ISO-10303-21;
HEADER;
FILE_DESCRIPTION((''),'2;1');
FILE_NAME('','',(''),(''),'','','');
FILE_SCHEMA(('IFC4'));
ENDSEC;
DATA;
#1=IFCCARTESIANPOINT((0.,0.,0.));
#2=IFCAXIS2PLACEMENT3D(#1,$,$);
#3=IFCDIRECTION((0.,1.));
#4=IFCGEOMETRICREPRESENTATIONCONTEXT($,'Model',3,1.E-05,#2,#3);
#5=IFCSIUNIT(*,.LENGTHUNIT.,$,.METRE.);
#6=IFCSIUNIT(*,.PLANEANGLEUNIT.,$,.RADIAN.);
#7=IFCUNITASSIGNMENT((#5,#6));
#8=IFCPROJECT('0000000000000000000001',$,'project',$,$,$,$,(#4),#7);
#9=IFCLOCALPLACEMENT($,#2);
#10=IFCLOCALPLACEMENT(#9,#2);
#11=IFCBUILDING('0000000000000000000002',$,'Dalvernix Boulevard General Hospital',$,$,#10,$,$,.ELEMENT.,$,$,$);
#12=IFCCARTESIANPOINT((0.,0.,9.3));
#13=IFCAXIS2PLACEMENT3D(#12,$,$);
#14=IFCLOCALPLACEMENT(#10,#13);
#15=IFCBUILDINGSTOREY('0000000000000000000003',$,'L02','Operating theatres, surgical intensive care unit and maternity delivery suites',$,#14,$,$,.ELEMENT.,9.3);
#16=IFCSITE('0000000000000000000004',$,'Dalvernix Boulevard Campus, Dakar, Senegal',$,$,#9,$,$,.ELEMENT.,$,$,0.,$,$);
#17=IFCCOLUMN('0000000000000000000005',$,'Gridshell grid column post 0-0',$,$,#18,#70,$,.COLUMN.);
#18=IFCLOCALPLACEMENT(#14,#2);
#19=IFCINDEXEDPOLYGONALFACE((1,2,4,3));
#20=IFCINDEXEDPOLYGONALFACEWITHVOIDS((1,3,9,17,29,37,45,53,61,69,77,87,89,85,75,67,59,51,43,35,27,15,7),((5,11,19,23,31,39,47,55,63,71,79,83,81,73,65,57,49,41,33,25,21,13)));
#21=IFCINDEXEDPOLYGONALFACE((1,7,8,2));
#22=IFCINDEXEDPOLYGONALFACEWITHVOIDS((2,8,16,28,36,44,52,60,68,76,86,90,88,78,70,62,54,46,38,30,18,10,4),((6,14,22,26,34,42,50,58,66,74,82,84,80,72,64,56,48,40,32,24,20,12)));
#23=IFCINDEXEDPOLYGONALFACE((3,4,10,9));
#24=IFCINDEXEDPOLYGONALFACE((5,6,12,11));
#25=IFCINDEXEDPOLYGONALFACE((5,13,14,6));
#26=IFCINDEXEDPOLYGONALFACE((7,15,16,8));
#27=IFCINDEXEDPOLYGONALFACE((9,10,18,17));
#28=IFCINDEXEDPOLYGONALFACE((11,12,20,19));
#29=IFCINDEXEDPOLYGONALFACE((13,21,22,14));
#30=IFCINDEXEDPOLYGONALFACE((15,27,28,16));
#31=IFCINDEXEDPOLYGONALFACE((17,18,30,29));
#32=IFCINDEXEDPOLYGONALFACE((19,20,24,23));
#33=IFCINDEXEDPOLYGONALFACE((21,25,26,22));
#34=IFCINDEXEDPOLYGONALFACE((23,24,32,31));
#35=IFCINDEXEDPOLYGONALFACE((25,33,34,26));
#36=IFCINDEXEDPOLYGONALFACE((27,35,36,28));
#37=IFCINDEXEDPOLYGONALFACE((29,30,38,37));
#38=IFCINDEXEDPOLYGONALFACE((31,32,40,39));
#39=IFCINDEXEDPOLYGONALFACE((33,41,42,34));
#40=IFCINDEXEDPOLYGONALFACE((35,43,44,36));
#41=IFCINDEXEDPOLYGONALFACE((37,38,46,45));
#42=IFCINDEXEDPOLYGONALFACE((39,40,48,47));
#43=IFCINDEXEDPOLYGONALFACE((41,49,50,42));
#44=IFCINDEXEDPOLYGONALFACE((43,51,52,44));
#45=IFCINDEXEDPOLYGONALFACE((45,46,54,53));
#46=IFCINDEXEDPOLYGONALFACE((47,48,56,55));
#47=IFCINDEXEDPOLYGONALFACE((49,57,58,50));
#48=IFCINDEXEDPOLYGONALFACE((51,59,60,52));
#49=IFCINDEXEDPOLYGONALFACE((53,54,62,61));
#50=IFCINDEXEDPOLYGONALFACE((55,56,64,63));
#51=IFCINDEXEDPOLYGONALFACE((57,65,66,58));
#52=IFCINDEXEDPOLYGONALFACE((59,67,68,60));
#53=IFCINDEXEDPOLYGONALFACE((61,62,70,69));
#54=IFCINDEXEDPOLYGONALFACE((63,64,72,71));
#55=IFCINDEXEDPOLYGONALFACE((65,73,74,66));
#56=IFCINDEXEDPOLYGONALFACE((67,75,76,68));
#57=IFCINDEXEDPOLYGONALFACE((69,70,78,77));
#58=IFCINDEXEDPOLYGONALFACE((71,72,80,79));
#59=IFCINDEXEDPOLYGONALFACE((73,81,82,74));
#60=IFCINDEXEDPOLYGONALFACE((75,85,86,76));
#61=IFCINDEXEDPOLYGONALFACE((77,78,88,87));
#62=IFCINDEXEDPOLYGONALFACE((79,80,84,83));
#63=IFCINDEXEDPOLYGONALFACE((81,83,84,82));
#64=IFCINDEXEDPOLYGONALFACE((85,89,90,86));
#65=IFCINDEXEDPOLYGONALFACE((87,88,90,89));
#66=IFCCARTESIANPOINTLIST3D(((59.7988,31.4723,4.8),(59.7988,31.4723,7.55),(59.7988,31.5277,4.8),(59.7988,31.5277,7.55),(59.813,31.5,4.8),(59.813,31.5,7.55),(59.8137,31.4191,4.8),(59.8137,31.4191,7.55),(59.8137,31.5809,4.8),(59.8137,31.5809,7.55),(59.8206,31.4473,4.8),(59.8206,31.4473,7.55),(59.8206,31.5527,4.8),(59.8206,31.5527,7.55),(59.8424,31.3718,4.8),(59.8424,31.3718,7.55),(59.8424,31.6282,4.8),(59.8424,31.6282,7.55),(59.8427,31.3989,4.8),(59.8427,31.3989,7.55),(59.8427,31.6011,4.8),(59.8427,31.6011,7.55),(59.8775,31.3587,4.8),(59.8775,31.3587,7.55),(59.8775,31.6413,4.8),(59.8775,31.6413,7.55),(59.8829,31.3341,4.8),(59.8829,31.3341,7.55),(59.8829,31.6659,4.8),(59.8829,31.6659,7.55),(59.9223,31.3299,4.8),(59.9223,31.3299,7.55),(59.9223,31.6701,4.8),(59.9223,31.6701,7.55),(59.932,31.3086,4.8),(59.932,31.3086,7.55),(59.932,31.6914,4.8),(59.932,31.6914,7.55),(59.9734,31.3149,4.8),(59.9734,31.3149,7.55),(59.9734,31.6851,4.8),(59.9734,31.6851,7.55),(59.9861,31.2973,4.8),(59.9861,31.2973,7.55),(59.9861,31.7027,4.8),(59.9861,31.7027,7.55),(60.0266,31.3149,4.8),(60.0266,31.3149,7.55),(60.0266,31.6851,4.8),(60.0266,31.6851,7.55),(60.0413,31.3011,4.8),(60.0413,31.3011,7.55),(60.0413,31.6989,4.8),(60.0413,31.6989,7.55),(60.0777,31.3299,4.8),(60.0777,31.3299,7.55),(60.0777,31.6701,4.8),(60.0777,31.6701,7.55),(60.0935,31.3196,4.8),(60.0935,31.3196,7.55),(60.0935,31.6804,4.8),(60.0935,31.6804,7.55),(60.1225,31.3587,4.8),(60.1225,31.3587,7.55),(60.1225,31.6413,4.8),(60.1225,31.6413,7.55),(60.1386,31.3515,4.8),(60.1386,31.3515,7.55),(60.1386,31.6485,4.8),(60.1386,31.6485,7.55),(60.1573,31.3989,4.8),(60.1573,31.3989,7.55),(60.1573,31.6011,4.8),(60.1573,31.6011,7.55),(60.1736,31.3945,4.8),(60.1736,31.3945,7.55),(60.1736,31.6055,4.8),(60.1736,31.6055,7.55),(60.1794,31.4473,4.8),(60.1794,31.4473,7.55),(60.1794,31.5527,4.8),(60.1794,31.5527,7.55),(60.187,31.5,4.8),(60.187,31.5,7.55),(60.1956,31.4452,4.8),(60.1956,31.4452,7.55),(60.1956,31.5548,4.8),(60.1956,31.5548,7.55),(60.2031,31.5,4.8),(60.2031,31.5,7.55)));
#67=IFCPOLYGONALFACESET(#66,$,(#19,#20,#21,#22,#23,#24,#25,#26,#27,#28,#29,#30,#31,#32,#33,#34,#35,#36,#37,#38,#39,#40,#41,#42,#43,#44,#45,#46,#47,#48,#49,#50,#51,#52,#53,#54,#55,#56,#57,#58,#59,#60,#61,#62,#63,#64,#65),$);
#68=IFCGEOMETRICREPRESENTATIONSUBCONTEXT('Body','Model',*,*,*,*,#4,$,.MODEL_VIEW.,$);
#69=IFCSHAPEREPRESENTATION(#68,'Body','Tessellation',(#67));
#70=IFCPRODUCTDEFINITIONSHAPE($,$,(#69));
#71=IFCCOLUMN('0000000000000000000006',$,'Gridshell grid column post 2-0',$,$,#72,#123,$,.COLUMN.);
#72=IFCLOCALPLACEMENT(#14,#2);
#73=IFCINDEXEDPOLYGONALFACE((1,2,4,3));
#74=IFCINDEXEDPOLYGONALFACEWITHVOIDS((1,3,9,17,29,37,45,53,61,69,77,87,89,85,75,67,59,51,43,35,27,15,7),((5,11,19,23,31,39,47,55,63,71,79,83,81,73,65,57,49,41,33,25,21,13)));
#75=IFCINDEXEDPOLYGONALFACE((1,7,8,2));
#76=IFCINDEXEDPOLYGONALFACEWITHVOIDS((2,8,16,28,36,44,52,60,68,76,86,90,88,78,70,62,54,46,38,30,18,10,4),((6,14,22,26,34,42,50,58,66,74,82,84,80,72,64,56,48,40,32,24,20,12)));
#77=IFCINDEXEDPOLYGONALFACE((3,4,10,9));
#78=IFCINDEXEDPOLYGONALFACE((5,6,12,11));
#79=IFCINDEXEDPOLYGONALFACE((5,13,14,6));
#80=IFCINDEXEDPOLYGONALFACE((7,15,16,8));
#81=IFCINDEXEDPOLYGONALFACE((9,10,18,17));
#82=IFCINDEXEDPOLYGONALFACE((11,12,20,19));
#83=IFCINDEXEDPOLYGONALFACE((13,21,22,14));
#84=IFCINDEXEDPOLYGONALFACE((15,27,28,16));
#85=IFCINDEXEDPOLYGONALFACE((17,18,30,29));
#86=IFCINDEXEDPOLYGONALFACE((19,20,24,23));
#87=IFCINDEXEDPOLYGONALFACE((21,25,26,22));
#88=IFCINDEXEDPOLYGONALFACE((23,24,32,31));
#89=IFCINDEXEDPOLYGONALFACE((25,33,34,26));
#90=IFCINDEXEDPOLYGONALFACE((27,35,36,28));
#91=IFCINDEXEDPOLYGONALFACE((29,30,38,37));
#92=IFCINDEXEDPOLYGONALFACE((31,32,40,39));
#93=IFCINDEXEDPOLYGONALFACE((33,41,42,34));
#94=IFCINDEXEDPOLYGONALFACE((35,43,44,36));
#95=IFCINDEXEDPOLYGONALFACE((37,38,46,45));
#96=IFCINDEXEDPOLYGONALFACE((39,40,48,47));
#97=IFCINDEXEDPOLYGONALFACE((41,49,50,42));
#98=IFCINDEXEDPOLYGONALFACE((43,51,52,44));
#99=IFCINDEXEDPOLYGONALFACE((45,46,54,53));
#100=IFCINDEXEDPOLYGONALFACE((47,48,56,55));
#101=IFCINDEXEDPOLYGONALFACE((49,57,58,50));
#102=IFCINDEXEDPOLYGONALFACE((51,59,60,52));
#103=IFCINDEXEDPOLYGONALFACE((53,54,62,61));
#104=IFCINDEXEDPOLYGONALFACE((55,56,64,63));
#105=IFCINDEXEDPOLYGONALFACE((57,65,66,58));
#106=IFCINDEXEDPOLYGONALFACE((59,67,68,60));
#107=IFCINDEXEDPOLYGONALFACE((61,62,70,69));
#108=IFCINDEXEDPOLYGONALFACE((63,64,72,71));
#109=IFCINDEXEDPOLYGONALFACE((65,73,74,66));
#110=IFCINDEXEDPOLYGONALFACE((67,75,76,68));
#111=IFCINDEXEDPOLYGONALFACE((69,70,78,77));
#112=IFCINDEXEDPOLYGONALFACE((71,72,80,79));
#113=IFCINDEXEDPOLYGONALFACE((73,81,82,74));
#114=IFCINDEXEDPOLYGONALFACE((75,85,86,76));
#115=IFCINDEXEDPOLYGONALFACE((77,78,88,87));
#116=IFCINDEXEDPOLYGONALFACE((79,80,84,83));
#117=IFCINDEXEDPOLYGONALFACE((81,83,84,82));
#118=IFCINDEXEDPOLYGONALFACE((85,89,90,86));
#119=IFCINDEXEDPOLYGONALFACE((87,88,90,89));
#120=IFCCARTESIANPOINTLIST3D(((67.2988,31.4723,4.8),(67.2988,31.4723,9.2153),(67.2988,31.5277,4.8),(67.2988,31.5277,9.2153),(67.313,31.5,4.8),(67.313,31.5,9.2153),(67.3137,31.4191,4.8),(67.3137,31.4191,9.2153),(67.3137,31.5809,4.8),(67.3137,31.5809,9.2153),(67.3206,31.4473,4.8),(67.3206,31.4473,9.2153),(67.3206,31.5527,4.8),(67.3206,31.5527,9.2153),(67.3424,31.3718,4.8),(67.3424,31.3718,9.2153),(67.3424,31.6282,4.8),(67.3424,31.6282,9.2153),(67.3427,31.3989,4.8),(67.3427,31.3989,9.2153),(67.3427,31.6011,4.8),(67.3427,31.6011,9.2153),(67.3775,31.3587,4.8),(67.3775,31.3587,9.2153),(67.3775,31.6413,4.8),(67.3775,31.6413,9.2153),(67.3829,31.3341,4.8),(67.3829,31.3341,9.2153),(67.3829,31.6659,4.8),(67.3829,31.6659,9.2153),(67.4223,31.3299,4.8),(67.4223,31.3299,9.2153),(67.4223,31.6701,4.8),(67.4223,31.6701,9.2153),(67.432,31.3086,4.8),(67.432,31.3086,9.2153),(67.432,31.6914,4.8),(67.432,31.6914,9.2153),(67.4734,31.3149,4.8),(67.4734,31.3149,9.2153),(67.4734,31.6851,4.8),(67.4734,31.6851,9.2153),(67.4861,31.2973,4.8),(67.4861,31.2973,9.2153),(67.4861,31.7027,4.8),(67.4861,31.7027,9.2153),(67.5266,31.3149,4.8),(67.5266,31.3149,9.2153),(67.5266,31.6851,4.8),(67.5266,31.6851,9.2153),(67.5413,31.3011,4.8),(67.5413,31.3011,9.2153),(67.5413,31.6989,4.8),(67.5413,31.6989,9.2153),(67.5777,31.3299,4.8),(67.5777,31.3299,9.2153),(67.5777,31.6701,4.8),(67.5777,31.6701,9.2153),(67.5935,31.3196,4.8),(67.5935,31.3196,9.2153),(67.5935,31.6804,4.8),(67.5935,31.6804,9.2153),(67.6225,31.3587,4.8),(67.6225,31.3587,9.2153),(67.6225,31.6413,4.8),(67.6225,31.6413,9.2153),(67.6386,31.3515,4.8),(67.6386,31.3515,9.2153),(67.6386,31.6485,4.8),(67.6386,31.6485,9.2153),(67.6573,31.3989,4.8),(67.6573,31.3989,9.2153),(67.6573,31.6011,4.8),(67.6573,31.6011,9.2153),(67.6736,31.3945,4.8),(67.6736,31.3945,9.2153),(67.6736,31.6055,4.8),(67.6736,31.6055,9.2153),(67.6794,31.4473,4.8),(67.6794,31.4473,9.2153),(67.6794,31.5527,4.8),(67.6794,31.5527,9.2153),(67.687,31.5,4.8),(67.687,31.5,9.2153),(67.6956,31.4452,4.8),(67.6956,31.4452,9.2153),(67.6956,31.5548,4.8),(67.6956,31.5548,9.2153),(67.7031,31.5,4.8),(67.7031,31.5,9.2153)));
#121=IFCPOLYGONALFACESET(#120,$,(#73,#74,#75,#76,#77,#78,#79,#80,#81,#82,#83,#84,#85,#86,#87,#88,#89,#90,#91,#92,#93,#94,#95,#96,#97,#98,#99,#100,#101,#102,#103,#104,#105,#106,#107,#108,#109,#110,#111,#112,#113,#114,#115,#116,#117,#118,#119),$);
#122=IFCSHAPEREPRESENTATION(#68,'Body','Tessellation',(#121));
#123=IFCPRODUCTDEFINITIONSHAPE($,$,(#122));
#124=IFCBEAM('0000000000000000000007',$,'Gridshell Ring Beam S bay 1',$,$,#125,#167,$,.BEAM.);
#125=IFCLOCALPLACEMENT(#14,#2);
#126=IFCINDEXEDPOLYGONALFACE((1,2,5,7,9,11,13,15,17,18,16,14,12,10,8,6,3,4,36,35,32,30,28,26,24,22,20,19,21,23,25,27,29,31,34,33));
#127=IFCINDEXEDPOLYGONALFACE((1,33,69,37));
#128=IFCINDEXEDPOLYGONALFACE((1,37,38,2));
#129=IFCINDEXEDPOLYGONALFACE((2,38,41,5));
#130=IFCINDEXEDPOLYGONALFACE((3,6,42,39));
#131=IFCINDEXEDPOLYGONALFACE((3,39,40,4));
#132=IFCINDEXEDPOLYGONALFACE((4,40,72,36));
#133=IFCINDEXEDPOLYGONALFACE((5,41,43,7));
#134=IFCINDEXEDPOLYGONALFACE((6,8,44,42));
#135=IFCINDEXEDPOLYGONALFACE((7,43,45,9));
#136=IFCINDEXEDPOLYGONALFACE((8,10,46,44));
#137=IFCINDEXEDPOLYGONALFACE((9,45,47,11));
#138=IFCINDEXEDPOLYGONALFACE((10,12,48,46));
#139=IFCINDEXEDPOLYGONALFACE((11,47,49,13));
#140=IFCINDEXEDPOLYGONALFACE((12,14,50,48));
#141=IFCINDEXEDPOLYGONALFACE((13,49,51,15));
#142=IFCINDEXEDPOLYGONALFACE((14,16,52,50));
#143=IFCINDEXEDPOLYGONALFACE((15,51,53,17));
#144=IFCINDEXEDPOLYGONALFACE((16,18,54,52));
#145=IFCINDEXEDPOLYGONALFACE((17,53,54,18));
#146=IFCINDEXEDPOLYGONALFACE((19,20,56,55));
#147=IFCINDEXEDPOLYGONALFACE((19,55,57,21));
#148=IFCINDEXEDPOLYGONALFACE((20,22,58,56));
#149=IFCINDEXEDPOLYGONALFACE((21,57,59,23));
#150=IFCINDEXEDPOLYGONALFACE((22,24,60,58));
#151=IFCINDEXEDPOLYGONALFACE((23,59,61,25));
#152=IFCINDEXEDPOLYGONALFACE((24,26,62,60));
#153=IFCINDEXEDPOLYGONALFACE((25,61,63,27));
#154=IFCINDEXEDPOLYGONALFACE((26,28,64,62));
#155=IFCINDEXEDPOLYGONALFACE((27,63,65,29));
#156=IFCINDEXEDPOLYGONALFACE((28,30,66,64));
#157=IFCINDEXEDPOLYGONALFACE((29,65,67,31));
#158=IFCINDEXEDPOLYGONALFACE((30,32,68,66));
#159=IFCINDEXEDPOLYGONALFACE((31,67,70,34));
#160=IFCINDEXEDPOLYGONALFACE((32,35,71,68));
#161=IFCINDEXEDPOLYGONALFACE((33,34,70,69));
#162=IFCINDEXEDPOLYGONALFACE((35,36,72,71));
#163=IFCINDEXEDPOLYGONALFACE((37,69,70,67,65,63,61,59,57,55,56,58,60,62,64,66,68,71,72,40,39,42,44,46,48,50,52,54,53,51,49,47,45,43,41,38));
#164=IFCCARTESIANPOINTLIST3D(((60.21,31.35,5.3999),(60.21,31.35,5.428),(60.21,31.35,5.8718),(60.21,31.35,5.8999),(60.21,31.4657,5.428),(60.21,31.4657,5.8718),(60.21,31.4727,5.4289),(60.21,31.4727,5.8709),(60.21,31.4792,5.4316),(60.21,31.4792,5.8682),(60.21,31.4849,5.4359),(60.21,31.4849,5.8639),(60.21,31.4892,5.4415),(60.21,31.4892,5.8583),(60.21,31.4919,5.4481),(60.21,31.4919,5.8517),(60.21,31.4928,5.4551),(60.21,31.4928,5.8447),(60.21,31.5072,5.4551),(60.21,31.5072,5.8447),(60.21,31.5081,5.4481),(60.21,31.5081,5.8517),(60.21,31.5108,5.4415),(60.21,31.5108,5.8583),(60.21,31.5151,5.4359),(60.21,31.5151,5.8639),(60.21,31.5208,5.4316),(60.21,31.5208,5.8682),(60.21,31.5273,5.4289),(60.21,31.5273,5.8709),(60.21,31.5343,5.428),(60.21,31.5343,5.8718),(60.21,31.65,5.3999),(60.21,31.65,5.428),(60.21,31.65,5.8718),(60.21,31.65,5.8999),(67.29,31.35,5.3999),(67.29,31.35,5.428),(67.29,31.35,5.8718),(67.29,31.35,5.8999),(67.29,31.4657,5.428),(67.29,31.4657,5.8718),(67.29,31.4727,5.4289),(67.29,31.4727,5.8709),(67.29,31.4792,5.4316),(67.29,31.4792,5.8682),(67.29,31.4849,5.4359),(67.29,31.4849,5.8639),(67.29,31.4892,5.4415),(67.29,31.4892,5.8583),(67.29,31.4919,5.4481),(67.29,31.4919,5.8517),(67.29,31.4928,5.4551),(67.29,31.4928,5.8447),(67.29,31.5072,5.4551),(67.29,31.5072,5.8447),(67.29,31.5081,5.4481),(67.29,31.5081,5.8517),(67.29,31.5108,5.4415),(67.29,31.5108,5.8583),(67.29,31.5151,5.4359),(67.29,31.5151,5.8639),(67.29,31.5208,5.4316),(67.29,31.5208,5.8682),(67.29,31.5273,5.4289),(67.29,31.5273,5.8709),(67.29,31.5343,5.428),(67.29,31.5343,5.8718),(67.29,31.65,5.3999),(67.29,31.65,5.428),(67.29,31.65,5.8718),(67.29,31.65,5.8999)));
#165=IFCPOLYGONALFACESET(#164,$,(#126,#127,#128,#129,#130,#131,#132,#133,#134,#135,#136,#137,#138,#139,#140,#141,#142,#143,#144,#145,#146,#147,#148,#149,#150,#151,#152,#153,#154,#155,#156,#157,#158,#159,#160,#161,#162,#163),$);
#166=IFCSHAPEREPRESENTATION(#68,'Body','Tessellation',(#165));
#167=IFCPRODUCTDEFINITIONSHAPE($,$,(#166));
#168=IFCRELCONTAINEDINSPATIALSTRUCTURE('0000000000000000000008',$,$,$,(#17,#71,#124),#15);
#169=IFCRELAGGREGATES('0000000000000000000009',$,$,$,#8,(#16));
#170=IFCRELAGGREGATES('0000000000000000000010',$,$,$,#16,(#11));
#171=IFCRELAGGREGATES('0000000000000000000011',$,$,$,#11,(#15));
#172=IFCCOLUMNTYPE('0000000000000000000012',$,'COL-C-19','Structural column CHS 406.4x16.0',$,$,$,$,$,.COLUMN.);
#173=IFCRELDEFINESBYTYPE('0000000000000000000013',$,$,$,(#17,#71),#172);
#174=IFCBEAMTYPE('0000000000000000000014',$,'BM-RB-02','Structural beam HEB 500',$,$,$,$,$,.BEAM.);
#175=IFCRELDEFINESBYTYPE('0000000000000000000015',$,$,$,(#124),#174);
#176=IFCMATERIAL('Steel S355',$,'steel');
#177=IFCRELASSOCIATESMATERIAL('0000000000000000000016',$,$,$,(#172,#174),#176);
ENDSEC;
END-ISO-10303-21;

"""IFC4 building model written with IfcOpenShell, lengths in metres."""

from ifc_helpers import new_model, si_unit, direction, frame, origin, origin_2d, place, context, subcontext, project, spatial, hollow_circle, i_section, extrude, material, material_profile, profile_set, type_object, element, save


model = new_model("IFC4")

# Units and contexts
model_context = context("Model", 3, precision=1e-05, world=origin(), true_north=direction((0.0, 1.0)))
body_context = subcontext(model_context, "Body", "Model", "MODEL_VIEW")
ifc_project = project(units=[si_unit("LENGTHUNIT", "METRE"), si_unit("PLANEANGLEUNIT", "RADIAN")], contexts=[model_context])

# Site, building, storey
site_placement = place(None, origin())
site = spatial("IfcSite", under=ifc_project, at=site_placement, Name="Dalvernix Boulevard Campus, Dakar, Senegal", CompositionType="ELEMENT", RefElevation=0.0)
building_placement = place(site_placement, origin())
building = spatial("IfcBuilding", under=site, at=building_placement, Name="Dalvernix Boulevard General Hospital", CompositionType="ELEMENT")
storey_placement = place(building_placement, frame((0.0, 0.0, 9.3)))
storey = spatial("IfcBuildingStorey", under=building, at=storey_placement, Name="L02", Description="Operating theatres, surgical intensive care unit and maternity delivery suites", CompositionType="ELEMENT", Elevation=9.3)

# Columns
ifc_material_1 = material(Name="Steel S355", Category="steel")
ifc_material_profile_1 = material_profile(ifc_material_1, hollow_circle(Radius=0.2031, WallThickness=0.0161, at=origin_2d()), Name="CHS 406.4x16.0")
ifc_profile_set_1 = profile_set([ifc_material_profile_1], Name="Steel S355")
column_type = type_object("IfcColumnType", Name="COL-C-19", Description="Structural column CHS 406.4x16.0", PredefinedType="COLUMN", material=ifc_profile_set_1)
column_1_placement = place(storey_placement, frame((60.0, 31.5, 4.8), z_axis=(0.0, 0.0, 1.0), x_axis=(1.0, 0.0, 0.0)))
element("IfcColumn", 1, at=column_1_placement, inside=storey, type_object=column_type, Name="Gridshell grid column post 0-0", PredefinedType="COLUMN", context=body_context, shape_type="SweptSolid", body=[
    extrude(hollow_circle(Radius=0.2031, WallThickness=0.0161, at=origin_2d()), origin(), (0.0, 0.0, 1.0), 2.75),
])
column_2_placement = place(storey_placement, frame((67.5, 31.5, 4.8), z_axis=(0.0, 0.0, 1.0), x_axis=(1.0, 0.0, 0.0)))
element("IfcColumn", 2, at=column_2_placement, inside=storey, type_object=column_type, Name="Gridshell grid column post 2-0", PredefinedType="COLUMN", context=body_context, shape_type="SweptSolid", body=[
    extrude(hollow_circle(Radius=0.2031, WallThickness=0.0161, at=origin_2d()), origin(), (0.0, 0.0, 1.0), 4.4153),
])

# Beam
ifc_material_profile_2 = material_profile(ifc_material_1, i_section(OverallWidth=0.3, OverallDepth=0.5, WebThickness=0.0144, FlangeThickness=0.0281, FilletRadius=0.0271, at=origin_2d()), Name="HEB 500")
ifc_profile_set_2 = profile_set([ifc_material_profile_2], Name="Steel S355")
beam_type = type_object("IfcBeamType", Name="BM-RB-02", Description="Structural beam HEB 500", PredefinedType="BEAM", material=ifc_profile_set_2)
for number, where, z_axis, x_axis, name in (
    (3, (60.21, 31.5, 5.6499), (1.0, 0.0, 0.0), (0.0, 1.0, 0.0), "Gridshell Ring Beam S bay 1"),
):
    element("IfcBeam", number, at=place(storey_placement, frame(where, z_axis=z_axis, x_axis=x_axis)), inside=storey, type_object=beam_type, Name=name, PredefinedType="BEAM", context=body_context, shape_type="SweptSolid", body=[
        extrude(i_section(OverallWidth=0.3, OverallDepth=0.5, WebThickness=0.0144, FlangeThickness=0.0281, FilletRadius=0.0271, at=origin_2d()), origin(), (0.0, 0.0, 1.0), 7.0801),
    ])

save(model, "model.ifc")
